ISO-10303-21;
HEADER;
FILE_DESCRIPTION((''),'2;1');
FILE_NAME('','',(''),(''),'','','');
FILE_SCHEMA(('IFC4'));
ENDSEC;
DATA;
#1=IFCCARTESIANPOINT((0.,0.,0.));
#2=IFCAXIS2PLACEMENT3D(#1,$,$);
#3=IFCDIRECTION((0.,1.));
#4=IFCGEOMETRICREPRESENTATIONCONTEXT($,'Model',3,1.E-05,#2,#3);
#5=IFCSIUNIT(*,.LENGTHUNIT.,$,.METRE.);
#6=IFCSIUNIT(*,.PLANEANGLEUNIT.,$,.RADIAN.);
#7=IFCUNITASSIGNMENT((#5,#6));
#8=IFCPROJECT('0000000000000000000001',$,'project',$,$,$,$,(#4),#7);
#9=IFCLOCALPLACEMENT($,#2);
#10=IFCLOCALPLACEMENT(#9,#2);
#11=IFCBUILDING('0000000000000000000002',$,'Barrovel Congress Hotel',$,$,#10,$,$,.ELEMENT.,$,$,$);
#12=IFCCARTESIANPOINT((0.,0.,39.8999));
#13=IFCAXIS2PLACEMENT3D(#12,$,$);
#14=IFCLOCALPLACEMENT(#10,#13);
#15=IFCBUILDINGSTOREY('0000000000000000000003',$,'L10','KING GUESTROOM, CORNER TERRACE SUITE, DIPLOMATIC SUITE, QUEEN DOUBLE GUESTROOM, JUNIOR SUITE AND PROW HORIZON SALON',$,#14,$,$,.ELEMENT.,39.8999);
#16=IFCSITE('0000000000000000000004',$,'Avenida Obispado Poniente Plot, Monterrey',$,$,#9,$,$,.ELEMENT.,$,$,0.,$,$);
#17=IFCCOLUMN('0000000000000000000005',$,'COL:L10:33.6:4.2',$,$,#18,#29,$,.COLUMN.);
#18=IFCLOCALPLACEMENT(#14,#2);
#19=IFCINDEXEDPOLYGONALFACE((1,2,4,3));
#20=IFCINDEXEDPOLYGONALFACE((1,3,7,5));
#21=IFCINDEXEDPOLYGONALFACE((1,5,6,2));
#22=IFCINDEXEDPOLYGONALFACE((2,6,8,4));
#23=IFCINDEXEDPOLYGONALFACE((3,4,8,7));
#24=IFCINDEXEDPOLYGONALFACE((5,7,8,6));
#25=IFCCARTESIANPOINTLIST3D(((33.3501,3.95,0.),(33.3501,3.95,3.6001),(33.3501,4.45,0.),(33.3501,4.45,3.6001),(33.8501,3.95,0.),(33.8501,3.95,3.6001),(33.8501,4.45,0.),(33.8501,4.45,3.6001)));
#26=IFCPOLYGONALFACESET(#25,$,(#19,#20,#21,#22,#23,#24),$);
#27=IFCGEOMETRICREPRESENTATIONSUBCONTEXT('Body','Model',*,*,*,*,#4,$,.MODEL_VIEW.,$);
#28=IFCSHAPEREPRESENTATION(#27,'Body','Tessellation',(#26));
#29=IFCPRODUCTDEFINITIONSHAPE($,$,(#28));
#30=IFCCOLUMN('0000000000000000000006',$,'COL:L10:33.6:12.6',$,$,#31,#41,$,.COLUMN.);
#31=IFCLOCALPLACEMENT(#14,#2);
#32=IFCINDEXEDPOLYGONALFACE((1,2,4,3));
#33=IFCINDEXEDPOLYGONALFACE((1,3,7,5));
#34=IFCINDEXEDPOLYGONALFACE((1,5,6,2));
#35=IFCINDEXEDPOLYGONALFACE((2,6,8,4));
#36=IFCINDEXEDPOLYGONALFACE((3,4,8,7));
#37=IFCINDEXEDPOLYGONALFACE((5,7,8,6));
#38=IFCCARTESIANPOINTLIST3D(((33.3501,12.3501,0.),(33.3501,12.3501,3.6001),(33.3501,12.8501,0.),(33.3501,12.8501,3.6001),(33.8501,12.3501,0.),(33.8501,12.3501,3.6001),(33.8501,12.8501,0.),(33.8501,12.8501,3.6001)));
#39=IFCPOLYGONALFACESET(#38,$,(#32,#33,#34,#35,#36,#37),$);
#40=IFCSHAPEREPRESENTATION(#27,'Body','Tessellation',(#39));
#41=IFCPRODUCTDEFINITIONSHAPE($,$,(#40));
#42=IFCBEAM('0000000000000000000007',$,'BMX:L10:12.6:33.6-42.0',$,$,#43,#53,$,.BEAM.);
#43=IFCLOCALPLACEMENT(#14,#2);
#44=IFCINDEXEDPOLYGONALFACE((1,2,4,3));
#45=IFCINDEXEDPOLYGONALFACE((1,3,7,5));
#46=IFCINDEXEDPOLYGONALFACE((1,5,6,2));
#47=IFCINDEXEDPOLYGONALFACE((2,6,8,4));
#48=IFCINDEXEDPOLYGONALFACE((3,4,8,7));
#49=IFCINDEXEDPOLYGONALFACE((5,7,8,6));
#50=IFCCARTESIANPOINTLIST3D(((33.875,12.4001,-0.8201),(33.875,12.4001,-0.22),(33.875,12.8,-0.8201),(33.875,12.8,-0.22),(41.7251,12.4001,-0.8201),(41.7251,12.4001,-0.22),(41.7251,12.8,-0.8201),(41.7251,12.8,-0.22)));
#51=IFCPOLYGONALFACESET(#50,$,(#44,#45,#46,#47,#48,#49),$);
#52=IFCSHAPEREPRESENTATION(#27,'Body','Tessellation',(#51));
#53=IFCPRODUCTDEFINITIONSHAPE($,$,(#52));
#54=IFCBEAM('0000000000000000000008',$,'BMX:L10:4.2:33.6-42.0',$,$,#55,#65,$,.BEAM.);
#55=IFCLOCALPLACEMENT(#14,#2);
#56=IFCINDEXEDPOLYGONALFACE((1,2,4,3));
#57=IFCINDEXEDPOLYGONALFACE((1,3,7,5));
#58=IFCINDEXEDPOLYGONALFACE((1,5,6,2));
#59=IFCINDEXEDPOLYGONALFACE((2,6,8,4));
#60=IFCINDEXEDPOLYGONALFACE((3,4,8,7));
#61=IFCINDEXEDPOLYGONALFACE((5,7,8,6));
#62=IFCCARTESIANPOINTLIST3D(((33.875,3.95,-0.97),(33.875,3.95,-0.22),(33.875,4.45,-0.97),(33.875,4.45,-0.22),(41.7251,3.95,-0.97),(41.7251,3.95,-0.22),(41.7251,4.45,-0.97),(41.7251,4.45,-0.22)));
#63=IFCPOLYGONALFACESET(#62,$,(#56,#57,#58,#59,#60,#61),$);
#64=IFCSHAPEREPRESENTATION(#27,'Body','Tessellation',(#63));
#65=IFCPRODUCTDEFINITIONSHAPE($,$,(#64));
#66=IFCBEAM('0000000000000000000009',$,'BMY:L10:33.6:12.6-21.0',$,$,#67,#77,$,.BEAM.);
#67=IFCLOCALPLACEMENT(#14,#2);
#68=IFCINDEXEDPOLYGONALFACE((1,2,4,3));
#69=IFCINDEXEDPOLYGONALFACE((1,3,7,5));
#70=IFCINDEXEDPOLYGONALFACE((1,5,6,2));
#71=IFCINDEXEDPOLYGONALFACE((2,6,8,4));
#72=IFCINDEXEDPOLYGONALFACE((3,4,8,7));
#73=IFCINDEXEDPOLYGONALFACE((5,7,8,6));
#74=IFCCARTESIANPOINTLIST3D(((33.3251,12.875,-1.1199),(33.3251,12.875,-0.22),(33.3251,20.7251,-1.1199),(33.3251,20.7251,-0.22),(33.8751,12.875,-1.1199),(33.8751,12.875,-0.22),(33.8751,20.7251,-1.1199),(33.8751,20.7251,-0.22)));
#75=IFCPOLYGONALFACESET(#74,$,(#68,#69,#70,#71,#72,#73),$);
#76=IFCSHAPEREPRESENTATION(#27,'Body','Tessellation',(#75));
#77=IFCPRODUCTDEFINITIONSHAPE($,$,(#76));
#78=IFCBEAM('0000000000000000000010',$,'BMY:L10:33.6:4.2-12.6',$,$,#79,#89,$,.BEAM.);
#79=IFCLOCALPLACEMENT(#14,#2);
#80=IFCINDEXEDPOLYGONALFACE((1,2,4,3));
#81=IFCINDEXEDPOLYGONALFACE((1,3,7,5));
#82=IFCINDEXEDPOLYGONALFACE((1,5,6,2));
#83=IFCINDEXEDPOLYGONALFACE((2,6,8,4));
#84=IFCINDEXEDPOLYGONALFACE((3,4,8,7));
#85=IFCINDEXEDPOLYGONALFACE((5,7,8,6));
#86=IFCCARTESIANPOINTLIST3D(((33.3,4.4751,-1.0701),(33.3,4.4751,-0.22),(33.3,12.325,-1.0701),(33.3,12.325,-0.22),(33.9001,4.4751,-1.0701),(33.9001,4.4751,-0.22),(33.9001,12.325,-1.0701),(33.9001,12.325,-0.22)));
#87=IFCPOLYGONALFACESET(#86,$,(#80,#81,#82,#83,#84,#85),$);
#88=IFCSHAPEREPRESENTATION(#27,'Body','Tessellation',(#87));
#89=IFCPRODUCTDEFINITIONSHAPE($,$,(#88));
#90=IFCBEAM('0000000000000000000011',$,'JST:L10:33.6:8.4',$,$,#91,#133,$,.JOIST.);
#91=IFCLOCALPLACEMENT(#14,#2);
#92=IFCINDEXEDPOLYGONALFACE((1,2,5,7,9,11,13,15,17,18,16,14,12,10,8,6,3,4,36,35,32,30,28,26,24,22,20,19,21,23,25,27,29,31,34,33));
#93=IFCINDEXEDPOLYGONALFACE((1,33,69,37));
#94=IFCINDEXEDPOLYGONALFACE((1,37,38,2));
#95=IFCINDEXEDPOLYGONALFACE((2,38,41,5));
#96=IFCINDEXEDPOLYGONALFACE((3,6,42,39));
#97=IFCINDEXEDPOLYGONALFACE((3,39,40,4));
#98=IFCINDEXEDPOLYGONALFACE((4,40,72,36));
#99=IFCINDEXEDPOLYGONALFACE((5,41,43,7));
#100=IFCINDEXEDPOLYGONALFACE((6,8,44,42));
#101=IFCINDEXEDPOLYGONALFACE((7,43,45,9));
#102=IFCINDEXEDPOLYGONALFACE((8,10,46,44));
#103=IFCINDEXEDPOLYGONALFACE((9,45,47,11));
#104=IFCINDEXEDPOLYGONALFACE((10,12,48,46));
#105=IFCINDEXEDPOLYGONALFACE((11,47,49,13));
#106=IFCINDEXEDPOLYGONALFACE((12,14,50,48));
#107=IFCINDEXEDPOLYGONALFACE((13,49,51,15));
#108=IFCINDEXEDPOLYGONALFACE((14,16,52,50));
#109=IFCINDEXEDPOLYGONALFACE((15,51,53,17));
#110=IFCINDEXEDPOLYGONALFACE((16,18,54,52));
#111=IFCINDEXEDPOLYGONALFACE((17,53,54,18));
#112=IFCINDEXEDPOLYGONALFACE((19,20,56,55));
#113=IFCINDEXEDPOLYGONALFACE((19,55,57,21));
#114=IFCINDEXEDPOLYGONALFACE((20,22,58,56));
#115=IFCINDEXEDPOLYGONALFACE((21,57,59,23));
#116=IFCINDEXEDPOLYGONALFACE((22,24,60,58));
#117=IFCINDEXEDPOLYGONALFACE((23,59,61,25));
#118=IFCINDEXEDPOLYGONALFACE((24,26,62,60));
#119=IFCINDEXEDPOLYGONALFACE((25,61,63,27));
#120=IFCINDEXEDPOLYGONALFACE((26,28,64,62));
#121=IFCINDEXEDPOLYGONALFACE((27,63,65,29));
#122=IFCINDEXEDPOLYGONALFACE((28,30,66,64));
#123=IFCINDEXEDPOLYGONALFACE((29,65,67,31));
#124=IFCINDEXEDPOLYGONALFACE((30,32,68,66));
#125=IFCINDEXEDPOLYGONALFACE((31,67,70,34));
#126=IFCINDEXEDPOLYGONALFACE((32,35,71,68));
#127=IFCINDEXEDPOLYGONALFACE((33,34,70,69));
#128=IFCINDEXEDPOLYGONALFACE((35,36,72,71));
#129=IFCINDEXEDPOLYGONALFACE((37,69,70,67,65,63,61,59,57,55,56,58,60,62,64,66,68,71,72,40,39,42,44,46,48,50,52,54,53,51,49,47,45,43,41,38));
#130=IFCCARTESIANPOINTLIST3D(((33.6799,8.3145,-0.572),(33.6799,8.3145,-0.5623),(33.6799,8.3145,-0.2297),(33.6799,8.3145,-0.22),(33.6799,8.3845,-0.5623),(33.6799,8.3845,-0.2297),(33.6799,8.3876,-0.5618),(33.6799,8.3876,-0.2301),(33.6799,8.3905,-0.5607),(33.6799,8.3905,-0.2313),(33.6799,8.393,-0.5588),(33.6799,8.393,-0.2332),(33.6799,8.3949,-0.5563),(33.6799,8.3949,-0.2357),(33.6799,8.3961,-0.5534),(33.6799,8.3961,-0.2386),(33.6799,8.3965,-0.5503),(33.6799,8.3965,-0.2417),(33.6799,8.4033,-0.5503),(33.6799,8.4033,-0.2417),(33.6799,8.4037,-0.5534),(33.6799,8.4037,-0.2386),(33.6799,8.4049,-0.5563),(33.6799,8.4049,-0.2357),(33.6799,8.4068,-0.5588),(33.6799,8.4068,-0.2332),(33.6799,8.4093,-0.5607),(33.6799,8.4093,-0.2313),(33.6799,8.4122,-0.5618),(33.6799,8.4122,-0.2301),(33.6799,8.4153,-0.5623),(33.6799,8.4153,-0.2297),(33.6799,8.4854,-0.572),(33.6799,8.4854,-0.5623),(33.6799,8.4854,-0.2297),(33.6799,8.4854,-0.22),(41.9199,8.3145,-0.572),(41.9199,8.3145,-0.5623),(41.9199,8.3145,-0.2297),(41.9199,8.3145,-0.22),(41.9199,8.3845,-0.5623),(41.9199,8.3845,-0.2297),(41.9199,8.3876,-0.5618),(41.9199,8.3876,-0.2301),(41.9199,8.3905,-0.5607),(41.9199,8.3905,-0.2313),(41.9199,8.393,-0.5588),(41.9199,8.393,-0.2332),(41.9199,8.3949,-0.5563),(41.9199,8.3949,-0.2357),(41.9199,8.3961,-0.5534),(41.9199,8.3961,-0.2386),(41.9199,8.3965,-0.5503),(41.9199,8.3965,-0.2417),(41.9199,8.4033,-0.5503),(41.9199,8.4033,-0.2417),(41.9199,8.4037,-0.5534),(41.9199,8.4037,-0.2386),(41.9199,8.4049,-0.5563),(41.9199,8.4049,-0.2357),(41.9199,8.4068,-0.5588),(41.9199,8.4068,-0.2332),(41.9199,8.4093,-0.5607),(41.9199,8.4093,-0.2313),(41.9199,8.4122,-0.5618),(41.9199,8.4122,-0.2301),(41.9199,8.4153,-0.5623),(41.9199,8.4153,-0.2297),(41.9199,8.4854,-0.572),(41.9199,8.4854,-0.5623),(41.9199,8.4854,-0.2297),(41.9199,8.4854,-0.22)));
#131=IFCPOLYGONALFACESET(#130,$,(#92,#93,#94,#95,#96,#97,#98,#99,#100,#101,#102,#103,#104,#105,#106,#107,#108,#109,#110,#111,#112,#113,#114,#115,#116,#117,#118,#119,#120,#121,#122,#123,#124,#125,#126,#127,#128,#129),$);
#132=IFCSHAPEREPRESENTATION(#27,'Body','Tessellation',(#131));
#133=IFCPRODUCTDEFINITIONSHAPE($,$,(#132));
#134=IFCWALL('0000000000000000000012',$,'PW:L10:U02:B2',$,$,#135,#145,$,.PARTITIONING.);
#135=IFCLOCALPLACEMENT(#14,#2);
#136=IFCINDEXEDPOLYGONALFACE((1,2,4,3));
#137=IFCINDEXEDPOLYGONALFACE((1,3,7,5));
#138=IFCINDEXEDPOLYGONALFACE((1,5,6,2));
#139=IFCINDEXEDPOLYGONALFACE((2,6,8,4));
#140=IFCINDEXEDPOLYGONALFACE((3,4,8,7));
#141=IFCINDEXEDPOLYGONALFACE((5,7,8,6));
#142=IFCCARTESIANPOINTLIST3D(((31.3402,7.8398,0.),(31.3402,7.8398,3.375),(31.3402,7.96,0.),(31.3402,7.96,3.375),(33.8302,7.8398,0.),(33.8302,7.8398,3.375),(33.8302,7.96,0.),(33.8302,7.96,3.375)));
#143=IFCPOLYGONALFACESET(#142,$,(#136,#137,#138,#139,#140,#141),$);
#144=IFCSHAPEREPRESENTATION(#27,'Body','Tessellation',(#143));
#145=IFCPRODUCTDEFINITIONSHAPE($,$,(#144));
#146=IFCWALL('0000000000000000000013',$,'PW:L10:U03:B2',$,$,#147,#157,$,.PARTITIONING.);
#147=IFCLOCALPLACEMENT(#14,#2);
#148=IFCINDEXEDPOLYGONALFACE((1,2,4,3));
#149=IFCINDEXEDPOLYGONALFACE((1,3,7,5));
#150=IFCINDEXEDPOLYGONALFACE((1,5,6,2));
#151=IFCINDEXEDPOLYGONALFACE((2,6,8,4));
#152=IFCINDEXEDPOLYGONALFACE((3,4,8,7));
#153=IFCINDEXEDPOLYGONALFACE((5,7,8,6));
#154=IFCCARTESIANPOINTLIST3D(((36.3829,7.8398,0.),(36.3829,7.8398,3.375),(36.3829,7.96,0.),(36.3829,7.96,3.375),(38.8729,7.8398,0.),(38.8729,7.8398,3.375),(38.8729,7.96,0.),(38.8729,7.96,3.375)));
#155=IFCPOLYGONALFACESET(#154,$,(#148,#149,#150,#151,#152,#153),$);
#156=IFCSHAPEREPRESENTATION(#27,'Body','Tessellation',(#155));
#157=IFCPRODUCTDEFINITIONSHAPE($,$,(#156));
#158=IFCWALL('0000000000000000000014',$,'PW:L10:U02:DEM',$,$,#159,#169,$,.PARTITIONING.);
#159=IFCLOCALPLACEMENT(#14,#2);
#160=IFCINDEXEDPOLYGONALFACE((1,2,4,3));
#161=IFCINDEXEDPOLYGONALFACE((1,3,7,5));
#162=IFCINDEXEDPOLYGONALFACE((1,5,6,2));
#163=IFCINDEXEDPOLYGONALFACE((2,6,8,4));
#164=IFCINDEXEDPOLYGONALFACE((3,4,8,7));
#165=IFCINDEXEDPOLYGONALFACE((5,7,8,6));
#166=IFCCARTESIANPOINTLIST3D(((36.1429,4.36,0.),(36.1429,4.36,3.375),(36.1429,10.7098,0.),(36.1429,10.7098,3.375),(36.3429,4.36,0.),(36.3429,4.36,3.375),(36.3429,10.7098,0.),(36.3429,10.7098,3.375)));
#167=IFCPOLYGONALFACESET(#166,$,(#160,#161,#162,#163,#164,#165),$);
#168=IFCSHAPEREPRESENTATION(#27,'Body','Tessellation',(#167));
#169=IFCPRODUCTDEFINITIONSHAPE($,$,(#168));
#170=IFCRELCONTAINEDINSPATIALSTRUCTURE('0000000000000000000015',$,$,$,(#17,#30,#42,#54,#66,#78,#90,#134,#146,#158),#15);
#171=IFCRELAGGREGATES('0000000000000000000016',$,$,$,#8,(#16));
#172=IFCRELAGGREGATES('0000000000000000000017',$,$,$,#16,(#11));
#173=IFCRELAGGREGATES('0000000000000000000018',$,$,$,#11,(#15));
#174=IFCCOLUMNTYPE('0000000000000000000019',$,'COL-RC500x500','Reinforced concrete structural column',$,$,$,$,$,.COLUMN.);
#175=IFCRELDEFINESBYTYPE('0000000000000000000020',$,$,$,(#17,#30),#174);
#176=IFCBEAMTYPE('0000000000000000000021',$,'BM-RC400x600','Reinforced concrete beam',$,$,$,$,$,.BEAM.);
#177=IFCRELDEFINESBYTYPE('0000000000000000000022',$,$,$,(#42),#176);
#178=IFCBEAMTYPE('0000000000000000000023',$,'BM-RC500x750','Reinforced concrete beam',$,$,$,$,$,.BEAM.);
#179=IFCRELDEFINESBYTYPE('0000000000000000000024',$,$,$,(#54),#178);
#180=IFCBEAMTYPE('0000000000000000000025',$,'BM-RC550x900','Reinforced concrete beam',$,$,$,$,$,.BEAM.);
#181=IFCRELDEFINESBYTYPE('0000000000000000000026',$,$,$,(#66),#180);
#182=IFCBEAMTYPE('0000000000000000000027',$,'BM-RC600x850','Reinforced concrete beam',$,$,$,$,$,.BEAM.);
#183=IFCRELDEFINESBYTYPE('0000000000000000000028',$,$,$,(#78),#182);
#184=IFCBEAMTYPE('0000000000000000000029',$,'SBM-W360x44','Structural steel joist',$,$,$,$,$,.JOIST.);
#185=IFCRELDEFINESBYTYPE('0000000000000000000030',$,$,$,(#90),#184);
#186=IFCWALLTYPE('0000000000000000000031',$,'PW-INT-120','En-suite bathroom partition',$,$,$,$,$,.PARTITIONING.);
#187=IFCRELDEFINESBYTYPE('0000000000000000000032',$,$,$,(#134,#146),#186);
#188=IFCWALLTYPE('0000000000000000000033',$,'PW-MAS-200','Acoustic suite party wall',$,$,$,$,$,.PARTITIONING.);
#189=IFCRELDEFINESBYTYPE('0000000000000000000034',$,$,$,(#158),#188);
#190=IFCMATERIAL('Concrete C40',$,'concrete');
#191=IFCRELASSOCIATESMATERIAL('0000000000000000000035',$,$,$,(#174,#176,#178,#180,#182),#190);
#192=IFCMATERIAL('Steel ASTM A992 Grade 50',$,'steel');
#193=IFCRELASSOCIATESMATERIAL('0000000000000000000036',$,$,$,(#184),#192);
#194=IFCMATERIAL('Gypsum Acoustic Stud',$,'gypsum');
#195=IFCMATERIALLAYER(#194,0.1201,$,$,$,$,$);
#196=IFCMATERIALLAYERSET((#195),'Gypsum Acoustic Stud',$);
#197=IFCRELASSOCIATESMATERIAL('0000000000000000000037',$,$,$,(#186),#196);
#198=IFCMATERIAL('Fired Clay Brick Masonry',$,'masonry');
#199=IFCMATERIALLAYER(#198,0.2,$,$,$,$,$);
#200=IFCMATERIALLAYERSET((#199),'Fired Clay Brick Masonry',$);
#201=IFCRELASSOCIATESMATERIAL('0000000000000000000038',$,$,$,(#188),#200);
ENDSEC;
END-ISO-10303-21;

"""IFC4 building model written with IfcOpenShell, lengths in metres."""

from ifc_helpers import new_model, si_unit, direction, frame, frame_2d, origin, origin_2d, place, context, subcontext, project, spatial, rectangle, i_section, extrude, material, layer, layer_set, material_profile, profile_set, type_object, element, save


model = new_model("IFC4")

# Units and contexts
model_context = context("Model", 3, precision=1e-05, world=origin(), true_north=direction((0.0, 1.0)))
body_context = subcontext(model_context, "Body", "Model", "MODEL_VIEW")
ifc_project = project(units=[si_unit("LENGTHUNIT", "METRE"), si_unit("PLANEANGLEUNIT", "RADIAN")], contexts=[model_context])

# Site, building, storey
site_placement = place(None, origin())
site = spatial("IfcSite", under=ifc_project, at=site_placement, Name="Avenida Obispado Poniente Plot, Monterrey", CompositionType="ELEMENT", RefElevation=0.0)
building_placement = place(site_placement, origin())
building = spatial("IfcBuilding", under=site, at=building_placement, Name="Barrovel Congress Hotel", CompositionType="ELEMENT")
storey_placement = place(building_placement, frame((0.0, 0.0, 39.8999)))
storey = spatial("IfcBuildingStorey", under=building, at=storey_placement, Name="L10", Description="KING GUESTROOM, CORNER TERRACE SUITE, DIPLOMATIC SUITE, QUEEN DOUBLE GUESTROOM, JUNIOR SUITE AND PROW HORIZON SALON", CompositionType="ELEMENT", Elevation=39.8999)

# Columns
ifc_material_1 = material(Name="Concrete C40", Category="concrete")
ifc_material_profile_1 = material_profile(ifc_material_1, rectangle(XDim=0.5, YDim=0.5, at=origin_2d()), Name="RC500x500")
ifc_profile_set_1 = profile_set([ifc_material_profile_1], Name="Concrete C40")
column_type = type_object("IfcColumnType", Name="COL-RC500x500", Description="Reinforced concrete structural column", PredefinedType="COLUMN", material=ifc_profile_set_1)
for number, where, z_axis, x_axis, name in (
    (1, (33.6001, 4.2, 0.0), (0.0, 0.0, 1.0), (1.0, 0.0, 0.0), "COL:L10:33.6:4.2"),
    (2, (33.6001, 12.6001, 0.0), (0.0, 0.0, 1.0), (1.0, 0.0, 0.0), "COL:L10:33.6:12.6"),
):
    element("IfcColumn", number, at=place(storey_placement, frame(where, z_axis=z_axis, x_axis=x_axis)), inside=storey, type_object=column_type, Name=name, PredefinedType="COLUMN", context=body_context, shape_type="SweptSolid", body=[
        extrude(rectangle(XDim=0.5, YDim=0.5, at=origin_2d()), origin(), (0.0, 0.0, 1.0), 3.6001),
    ])

# Beams
ifc_material_profile_2 = material_profile(ifc_material_1, rectangle(XDim=0.3999, YDim=0.6001, at=origin_2d()), Name="RC400x600")
ifc_profile_set_2 = profile_set([ifc_material_profile_2], Name="Concrete C40")
beam_type_1 = type_object("IfcBeamType", Name="BM-RC400x600", Description="Reinforced concrete beam", PredefinedType="BEAM", material=ifc_profile_set_2)
beam_1_placement = place(storey_placement, frame((33.875, 12.6001, -0.52), z_axis=(1.0, 0.0, 0.0), x_axis=(0.0, 1.0, 0.0)))
element("IfcBeam", 3, at=beam_1_placement, inside=storey, type_object=beam_type_1, Name="BMX:L10:12.6:33.6-42.0", PredefinedType="BEAM", context=body_context, shape_type="SweptSolid", body=[
    extrude(rectangle(XDim=0.3999, YDim=0.6001, at=origin_2d()), origin(), (0.0, 0.0, 1.0), 7.8501),
])
ifc_material_profile_3 = material_profile(ifc_material_1, rectangle(XDim=0.5, YDim=0.75, at=origin_2d()), Name="RC500x750")
ifc_profile_set_3 = profile_set([ifc_material_profile_3], Name="Concrete C40")
beam_type_2 = type_object("IfcBeamType", Name="BM-RC500x750", Description="Reinforced concrete beam", PredefinedType="BEAM", material=ifc_profile_set_3)
beam_2_placement = place(storey_placement, frame((33.875, 4.2, -0.595), z_axis=(1.0, 0.0, 0.0), x_axis=(0.0, 1.0, 0.0)))
element("IfcBeam", 4, at=beam_2_placement, inside=storey, type_object=beam_type_2, Name="BMX:L10:4.2:33.6-42.0", PredefinedType="BEAM", context=body_context, shape_type="SweptSolid", body=[
    extrude(rectangle(XDim=0.5, YDim=0.75, at=origin_2d()), origin(), (0.0, 0.0, 1.0), 7.8501),
])
ifc_material_profile_4 = material_profile(ifc_material_1, rectangle(XDim=0.55, YDim=0.8999, at=origin_2d()), Name="RC550x900")
ifc_profile_set_4 = profile_set([ifc_material_profile_4], Name="Concrete C40")
beam_type_3 = type_object("IfcBeamType", Name="BM-RC550x900", Description="Reinforced concrete beam", PredefinedType="BEAM", material=ifc_profile_set_4)
beam_3_placement = place(storey_placement, frame((33.6001, 12.875, -0.6699), z_axis=(0.0, 1.0, 0.0), x_axis=(-1.0, 0.0, 0.0)))
element("IfcBeam", 5, at=beam_3_placement, inside=storey, type_object=beam_type_3, Name="BMY:L10:33.6:12.6-21.0", PredefinedType="BEAM", context=body_context, shape_type="SweptSolid", body=[
    extrude(rectangle(XDim=0.55, YDim=0.8999, at=origin_2d()), origin(), (0.0, 0.0, 1.0), 7.8501),
])
ifc_material_profile_5 = material_profile(ifc_material_1, rectangle(XDim=0.6001, YDim=0.8501, at=origin_2d()), Name="RC600x850")
ifc_profile_set_5 = profile_set([ifc_material_profile_5], Name="Concrete C40")
beam_type_4 = type_object("IfcBeamType", Name="BM-RC600x850", Description="Reinforced concrete beam", PredefinedType="BEAM", material=ifc_profile_set_5)
beam_4_placement = place(storey_placement, frame((33.6001, 4.4751, -0.645), z_axis=(0.0, 1.0, 0.0), x_axis=(-1.0, 0.0, 0.0)))
element("IfcBeam", 6, at=beam_4_placement, inside=storey, type_object=beam_type_4, Name="BMY:L10:33.6:4.2-12.6", PredefinedType="BEAM", context=body_context, shape_type="SweptSolid", body=[
    extrude(rectangle(XDim=0.6001, YDim=0.8501, at=origin_2d()), origin(), (0.0, 0.0, 1.0), 7.8499),
])
ifc_material_2 = material(Name="Steel ASTM A992 Grade 50", Category="steel")
ifc_material_profile_6 = material_profile(ifc_material_2, i_section(OverallWidth=0.1709, OverallDepth=0.3521, WebThickness=0.0068, FlangeThickness=0.0098, FilletRadius=0.012, at=origin_2d()), Name="W360x44")
ifc_profile_set_6 = profile_set([ifc_material_profile_6], Name="Steel ASTM A992 Grade 50")
beam_type_5 = type_object("IfcBeamType", Name="SBM-W360x44", Description="Structural steel joist", PredefinedType="JOIST", material=ifc_profile_set_6)
beam_5_placement = place(storey_placement, frame((33.6799, 8.3999, -0.396), z_axis=(1.0, 0.0, 0.0), x_axis=(0.0, 1.0, 0.0)))
element("IfcBeam", 7, at=beam_5_placement, inside=storey, type_object=beam_type_5, Name="JST:L10:33.6:8.4", PredefinedType="JOIST", context=body_context, shape_type="SweptSolid", body=[
    extrude(i_section(OverallWidth=0.1709, OverallDepth=0.3521, WebThickness=0.0068, FlangeThickness=0.0098, FilletRadius=0.012, at=origin_2d()), origin(), (0.0, 0.0, 1.0), 8.24),
])

# Shared definitions
ifc_material_3 = material(Name="Gypsum Acoustic Stud", Category="gypsum")

# Walls
ifc_layer_1 = layer(ifc_material_3, 0.1201)
ifc_layer_set_1 = layer_set([ifc_layer_1], Name="Gypsum Acoustic Stud")
wall_type_1 = type_object("IfcWallType", Name="PW-INT-120", Description="En-suite bathroom partition", PredefinedType="PARTITIONING", material=ifc_layer_set_1)
for number, where, z_axis, x_axis, name in (
    (8, (31.3401, 7.8999, 0.0), (0.0, 0.0, 1.0), (1.0, 0.0, 0.0), "PW:L10:U02:B2"),
    (9, (36.3828, 7.8999, 0.0), (0.0, 0.0, 1.0), (1.0, 0.0, 0.0), "PW:L10:U03:B2"),
):
    element("IfcWall", number, at=place(storey_placement, frame(where, z_axis=z_axis, x_axis=x_axis)), inside=storey, type_object=wall_type_1, Name=name, PredefinedType="PARTITIONING", context=body_context, shape_type="SweptSolid", body=[
        extrude(rectangle(XDim=2.49, YDim=0.1201, at=frame_2d((1.2451, 0.0))), origin(), (0.0, 0.0, 1.0), 3.375),
    ])
ifc_material_4 = material(Name="Fired Clay Brick Masonry", Category="masonry")
ifc_layer_2 = layer(ifc_material_4, 0.2)
ifc_layer_set_2 = layer_set([ifc_layer_2], Name="Fired Clay Brick Masonry")
wall_type_2 = type_object("IfcWallType", Name="PW-MAS-200", Description="Acoustic suite party wall", PredefinedType="PARTITIONING", material=ifc_layer_set_2)
wall_1_placement = place(storey_placement, frame((36.2429, 4.3601, 0.0), z_axis=(0.0, 0.0, 1.0), x_axis=(0.0, 1.0, 0.0)))
element("IfcWall", 10, at=wall_1_placement, inside=storey, type_object=wall_type_2, Name="PW:L10:U02:DEM", PredefinedType="PARTITIONING", context=body_context, shape_type="SweptSolid", body=[
    extrude(rectangle(XDim=6.3499, YDim=0.2, at=frame_2d((3.1748, 0.0))), origin(), (0.0, 0.0, 1.0), 3.375),
])

save(model, "model.ifc")
